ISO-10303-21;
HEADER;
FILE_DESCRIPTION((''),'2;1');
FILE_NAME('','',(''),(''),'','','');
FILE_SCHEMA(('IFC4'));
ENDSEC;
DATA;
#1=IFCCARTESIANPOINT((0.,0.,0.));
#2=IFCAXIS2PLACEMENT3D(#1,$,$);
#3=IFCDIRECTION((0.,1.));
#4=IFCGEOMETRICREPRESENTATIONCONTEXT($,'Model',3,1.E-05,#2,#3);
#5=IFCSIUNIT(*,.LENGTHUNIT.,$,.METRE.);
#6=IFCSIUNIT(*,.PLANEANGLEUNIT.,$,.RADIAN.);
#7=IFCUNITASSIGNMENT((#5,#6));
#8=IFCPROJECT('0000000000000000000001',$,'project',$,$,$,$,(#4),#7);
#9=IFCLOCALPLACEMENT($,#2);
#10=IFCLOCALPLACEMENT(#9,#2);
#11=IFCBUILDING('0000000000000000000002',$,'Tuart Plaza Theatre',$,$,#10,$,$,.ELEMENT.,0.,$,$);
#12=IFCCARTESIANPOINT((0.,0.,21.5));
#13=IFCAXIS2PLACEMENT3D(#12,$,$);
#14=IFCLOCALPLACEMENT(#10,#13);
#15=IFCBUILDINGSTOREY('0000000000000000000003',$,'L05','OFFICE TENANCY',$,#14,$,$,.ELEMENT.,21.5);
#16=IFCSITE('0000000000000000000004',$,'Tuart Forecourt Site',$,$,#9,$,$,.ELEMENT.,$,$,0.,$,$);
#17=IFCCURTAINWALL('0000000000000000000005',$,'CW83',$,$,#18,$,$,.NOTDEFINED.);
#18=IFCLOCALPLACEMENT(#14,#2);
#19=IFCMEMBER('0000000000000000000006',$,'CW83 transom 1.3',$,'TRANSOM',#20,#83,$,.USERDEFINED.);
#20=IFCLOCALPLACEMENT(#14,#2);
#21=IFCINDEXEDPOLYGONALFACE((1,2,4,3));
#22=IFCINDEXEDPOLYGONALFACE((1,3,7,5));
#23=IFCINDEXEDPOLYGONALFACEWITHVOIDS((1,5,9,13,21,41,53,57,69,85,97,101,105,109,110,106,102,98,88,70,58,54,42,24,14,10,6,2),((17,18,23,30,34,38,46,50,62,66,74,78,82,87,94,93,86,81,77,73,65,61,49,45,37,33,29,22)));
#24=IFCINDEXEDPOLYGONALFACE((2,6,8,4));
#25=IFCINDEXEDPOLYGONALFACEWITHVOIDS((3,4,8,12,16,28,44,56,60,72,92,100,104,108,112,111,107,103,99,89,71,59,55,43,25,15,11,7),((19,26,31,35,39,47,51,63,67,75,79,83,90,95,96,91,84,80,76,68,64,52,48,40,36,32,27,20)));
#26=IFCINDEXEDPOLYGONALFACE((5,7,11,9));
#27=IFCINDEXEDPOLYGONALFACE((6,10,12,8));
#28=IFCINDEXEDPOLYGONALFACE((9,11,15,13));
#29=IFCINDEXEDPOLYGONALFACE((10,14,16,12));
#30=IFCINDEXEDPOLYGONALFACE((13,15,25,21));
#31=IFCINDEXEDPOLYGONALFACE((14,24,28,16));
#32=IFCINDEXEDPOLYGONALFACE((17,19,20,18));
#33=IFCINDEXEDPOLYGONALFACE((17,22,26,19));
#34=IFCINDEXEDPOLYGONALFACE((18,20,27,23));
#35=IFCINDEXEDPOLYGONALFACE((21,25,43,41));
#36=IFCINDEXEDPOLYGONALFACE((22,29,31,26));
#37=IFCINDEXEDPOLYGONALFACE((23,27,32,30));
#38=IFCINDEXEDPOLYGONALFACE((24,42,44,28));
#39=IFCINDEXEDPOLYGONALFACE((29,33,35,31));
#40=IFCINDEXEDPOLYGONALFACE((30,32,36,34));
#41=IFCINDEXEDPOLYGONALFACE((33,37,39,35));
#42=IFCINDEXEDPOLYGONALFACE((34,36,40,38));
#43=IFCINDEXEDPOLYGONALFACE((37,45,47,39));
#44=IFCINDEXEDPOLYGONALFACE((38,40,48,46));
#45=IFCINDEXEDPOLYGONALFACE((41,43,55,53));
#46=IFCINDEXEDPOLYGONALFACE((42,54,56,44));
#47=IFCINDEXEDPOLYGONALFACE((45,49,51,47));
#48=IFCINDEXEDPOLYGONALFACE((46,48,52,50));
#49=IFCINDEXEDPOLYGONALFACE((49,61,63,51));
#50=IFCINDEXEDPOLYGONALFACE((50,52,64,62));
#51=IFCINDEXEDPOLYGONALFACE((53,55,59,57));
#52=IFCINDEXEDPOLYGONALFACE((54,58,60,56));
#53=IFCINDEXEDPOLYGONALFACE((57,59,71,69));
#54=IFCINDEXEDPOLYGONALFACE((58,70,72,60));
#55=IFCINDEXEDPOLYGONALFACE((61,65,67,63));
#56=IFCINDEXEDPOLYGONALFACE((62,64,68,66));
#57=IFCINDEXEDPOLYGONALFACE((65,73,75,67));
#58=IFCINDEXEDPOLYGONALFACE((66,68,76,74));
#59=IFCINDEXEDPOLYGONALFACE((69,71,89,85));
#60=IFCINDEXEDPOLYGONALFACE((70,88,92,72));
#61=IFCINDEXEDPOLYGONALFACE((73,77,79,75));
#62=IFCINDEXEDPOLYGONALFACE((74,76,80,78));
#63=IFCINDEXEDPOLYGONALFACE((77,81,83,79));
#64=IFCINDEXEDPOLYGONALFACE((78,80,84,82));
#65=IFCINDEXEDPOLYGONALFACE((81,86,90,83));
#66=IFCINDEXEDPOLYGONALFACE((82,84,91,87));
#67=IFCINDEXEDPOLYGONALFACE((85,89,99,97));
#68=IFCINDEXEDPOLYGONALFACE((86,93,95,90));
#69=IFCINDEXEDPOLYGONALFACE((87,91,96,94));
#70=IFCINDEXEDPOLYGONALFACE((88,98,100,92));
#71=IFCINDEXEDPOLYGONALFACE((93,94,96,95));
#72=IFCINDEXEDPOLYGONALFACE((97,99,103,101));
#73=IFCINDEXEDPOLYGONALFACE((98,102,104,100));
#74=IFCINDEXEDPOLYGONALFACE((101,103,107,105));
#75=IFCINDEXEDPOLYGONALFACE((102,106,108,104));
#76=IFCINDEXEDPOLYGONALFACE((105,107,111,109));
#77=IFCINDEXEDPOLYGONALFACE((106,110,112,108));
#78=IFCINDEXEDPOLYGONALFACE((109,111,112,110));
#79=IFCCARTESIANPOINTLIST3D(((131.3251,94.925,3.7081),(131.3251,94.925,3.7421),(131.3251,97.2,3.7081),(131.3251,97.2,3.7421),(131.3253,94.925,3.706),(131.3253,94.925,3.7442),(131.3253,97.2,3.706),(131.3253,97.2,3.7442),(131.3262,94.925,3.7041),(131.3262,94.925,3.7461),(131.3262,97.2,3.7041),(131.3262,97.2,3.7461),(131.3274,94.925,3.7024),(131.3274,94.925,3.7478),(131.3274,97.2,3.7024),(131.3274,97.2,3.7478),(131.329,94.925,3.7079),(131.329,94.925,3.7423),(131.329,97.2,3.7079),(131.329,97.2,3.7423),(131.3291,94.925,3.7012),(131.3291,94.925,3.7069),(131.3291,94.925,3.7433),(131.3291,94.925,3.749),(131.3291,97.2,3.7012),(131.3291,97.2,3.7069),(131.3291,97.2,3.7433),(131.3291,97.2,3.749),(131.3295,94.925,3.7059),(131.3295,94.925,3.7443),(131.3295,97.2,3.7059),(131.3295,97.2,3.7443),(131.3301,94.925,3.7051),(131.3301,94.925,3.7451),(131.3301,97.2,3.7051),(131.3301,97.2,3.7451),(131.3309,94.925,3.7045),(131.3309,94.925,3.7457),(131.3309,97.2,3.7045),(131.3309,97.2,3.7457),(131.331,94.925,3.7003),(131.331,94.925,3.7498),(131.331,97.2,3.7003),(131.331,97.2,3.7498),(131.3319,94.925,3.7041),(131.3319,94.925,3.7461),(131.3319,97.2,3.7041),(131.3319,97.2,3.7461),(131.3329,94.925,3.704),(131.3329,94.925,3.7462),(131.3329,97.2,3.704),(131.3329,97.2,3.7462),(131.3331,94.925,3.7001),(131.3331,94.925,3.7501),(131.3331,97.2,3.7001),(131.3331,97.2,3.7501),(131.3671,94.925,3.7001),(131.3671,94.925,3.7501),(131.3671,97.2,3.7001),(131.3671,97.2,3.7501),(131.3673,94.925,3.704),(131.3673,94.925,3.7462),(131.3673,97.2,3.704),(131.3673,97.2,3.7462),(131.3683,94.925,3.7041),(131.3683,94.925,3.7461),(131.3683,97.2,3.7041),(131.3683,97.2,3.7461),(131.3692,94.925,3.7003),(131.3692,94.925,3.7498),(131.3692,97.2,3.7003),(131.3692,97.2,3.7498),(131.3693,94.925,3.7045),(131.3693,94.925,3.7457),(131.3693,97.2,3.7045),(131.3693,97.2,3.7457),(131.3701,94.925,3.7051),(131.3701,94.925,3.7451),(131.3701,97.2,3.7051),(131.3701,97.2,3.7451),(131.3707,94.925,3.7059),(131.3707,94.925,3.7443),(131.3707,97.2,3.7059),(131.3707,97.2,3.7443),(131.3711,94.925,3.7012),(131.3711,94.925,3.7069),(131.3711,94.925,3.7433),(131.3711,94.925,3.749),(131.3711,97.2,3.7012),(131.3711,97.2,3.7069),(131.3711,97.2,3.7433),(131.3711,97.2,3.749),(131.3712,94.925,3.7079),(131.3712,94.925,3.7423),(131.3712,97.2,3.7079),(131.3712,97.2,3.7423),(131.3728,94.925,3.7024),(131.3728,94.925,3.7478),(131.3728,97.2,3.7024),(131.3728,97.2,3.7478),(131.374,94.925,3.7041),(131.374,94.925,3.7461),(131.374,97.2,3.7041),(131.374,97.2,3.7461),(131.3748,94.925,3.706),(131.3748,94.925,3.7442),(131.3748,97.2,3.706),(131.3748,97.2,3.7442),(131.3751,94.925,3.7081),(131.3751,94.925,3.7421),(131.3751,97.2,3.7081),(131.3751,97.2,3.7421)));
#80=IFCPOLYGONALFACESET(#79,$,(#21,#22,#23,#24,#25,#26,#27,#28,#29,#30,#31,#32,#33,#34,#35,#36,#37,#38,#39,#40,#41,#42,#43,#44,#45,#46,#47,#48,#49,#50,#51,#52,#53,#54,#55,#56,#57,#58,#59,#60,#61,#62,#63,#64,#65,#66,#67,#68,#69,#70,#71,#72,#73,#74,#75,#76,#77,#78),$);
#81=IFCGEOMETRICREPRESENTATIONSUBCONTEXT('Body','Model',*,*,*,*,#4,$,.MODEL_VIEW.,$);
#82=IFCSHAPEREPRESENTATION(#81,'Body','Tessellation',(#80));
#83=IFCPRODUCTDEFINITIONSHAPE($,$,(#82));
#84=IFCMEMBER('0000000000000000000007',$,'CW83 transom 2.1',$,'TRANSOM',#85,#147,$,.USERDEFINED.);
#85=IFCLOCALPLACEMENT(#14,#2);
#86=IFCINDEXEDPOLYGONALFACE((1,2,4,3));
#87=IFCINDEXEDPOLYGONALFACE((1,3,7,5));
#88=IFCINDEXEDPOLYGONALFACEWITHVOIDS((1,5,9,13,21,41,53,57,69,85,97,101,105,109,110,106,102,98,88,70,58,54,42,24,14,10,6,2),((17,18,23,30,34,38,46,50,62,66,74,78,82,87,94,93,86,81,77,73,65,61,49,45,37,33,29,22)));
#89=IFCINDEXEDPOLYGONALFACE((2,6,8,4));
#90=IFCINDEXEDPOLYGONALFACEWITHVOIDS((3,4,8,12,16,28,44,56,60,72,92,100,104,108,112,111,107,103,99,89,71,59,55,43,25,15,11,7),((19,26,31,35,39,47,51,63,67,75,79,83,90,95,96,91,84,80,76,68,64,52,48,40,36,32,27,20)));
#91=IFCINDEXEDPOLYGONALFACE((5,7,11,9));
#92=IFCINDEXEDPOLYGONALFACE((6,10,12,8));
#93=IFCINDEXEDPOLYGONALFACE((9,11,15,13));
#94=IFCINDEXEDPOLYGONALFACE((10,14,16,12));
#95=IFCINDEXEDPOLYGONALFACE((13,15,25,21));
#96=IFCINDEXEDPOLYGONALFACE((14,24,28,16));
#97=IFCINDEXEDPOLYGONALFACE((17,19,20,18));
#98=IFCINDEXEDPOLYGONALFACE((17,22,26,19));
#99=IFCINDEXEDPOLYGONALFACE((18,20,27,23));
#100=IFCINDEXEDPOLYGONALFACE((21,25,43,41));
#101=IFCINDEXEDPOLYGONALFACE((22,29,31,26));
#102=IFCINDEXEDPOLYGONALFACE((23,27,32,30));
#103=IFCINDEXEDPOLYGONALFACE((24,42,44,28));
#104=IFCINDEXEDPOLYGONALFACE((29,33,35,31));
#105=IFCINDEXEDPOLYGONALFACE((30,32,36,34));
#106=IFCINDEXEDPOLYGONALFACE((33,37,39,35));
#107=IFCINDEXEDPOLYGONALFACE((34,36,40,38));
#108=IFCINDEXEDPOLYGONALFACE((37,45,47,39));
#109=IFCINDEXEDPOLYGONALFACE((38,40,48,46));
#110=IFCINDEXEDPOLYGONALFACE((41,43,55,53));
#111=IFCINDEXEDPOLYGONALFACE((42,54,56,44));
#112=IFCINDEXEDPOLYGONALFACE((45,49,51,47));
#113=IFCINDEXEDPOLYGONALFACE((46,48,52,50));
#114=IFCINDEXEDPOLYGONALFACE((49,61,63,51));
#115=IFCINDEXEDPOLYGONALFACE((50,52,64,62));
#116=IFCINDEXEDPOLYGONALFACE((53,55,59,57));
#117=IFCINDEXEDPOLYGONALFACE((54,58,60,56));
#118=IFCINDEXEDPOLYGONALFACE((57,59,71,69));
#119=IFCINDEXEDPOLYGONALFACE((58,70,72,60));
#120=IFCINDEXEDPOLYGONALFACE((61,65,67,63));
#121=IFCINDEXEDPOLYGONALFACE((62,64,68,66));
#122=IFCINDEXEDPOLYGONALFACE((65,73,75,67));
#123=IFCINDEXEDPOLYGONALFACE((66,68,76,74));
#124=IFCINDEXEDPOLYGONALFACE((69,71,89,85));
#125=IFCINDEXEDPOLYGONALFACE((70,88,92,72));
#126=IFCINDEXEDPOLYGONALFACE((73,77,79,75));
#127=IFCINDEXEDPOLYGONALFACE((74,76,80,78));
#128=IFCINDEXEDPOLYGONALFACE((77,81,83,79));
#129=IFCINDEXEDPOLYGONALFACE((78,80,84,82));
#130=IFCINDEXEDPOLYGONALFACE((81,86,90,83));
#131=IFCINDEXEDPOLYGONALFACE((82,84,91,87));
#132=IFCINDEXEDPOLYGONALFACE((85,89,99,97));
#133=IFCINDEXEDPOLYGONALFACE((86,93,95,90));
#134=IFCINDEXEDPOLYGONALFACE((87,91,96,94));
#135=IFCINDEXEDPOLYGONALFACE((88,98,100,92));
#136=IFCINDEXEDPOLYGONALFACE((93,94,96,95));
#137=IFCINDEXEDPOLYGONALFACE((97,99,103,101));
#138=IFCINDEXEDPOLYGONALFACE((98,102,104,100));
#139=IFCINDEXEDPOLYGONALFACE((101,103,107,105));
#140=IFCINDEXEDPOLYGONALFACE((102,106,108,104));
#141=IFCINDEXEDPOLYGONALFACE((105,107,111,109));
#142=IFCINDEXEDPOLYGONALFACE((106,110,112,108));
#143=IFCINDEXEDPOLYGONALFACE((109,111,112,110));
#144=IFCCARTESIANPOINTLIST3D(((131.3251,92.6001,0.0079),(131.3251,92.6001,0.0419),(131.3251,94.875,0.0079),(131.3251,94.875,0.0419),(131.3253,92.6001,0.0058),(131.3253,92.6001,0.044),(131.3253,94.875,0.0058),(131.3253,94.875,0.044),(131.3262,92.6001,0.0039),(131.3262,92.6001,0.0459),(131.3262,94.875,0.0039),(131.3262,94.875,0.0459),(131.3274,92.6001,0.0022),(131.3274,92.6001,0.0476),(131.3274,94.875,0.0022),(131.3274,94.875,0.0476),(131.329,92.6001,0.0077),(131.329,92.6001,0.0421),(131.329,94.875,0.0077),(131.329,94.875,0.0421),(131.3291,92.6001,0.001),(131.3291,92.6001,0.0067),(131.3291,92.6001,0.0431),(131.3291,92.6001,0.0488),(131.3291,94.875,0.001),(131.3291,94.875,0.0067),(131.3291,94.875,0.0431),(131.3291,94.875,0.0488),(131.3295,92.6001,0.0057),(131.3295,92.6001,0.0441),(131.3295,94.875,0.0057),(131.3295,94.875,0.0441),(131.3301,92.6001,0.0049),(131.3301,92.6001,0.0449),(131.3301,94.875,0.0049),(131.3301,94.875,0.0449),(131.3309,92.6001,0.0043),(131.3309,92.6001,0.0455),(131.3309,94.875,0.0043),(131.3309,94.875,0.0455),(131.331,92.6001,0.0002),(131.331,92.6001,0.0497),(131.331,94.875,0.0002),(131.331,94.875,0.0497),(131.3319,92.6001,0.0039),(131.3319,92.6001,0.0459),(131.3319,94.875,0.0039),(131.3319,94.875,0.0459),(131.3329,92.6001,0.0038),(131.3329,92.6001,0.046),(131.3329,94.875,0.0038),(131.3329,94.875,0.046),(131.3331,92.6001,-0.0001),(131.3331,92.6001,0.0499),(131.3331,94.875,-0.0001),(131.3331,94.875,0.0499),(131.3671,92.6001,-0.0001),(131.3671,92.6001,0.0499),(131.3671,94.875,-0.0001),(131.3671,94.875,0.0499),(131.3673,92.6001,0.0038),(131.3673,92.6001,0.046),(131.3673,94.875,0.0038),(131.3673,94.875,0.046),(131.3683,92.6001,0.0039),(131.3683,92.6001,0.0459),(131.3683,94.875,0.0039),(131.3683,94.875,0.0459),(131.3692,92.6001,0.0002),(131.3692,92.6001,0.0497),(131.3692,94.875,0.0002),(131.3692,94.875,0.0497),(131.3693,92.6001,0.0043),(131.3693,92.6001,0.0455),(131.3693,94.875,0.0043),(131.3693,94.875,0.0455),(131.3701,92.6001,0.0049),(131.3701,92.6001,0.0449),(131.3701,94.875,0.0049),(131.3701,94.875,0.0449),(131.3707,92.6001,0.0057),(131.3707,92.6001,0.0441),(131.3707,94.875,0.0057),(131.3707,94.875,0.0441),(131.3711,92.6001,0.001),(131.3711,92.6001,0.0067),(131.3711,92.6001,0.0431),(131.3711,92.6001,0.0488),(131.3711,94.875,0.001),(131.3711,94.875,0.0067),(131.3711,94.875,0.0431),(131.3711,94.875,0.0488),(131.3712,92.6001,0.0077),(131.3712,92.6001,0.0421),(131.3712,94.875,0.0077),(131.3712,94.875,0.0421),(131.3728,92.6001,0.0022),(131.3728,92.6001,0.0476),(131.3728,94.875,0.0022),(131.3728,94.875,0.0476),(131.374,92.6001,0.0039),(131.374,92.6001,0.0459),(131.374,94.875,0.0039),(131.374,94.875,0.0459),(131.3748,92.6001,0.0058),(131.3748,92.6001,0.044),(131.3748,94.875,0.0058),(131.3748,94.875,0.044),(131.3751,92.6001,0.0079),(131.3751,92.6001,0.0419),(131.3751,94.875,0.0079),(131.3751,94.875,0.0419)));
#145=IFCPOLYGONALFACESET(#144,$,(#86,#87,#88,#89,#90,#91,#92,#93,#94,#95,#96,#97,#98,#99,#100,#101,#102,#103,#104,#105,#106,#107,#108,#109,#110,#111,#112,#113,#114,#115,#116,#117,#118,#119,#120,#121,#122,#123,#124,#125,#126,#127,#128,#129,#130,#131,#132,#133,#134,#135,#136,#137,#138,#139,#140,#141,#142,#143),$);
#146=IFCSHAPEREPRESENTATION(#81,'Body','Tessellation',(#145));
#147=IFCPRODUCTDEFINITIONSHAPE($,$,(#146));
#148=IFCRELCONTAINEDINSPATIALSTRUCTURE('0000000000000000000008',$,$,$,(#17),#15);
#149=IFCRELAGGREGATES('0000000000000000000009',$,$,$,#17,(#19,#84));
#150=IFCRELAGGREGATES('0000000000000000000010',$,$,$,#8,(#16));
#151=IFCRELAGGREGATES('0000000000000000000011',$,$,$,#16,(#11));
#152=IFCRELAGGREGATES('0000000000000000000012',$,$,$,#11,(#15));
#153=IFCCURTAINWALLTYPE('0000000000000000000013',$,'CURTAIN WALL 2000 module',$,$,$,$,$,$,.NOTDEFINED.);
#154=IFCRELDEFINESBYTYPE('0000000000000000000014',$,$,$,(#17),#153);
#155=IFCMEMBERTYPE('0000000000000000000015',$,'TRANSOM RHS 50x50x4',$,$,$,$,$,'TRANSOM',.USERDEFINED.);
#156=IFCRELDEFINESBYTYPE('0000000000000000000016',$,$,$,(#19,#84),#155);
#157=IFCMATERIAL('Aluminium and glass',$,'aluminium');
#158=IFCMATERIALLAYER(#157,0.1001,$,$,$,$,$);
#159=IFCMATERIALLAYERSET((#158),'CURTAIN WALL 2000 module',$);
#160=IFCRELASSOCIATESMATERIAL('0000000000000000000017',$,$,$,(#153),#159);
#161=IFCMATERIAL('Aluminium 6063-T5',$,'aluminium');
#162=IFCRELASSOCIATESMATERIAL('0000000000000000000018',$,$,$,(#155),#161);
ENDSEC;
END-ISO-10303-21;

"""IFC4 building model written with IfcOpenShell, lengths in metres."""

from ifc_helpers import new_model, si_unit, direction, frame, origin, origin_2d, place, context, subcontext, project, spatial, hollow_rectangle, extrude, material, layer, layer_set, material_profile, profile_set, type_object, element, aggregate, save


model = new_model("IFC4")

# Units and contexts
model_context = context("Model", 3, precision=1e-05, world=origin(), true_north=direction((0.0, 1.0)))
body_context = subcontext(model_context, "Body", "Model", "MODEL_VIEW")
ifc_project = project(units=[si_unit("LENGTHUNIT", "METRE"), si_unit("PLANEANGLEUNIT", "RADIAN")], contexts=[model_context])

# Site, building, storey
site_placement = place(None, origin())
site = spatial("IfcSite", under=ifc_project, at=site_placement, Name="Tuart Forecourt Site", CompositionType="ELEMENT", RefElevation=0.0)
building_placement = place(site_placement, origin())
building = spatial("IfcBuilding", under=site, at=building_placement, Name="Tuart Plaza Theatre", CompositionType="ELEMENT", ElevationOfRefHeight=0.0)
storey_placement = place(building_placement, frame((0.0, 0.0, 21.5)))
storey = spatial("IfcBuildingStorey", under=building, at=storey_placement, Name="L05", Description="OFFICE TENANCY", CompositionType="ELEMENT", Elevation=21.5)

# Curtain wall
ifc_material_1 = material(Name="Aluminium and glass", Category="aluminium")
ifc_layer_1 = layer(ifc_material_1, 0.1001)
ifc_layer_set_1 = layer_set([ifc_layer_1], Name="CURTAIN WALL 2000 module")
curtain_wall_type = type_object("IfcCurtainWallType", Name="CURTAIN WALL 2000 module", PredefinedType="NOTDEFINED", material=ifc_layer_set_1)
curtain_wall_1_placement = place(storey_placement, origin())
curtain_wall_1 = element("IfcCurtainWall", 1, at=curtain_wall_1_placement, inside=storey, type_object=curtain_wall_type, Name="CW83", PredefinedType="NOTDEFINED")

# Members
ifc_material_2 = material(Name="Aluminium 6063-T5", Category="aluminium")
ifc_material_profile_1 = material_profile(ifc_material_2, hollow_rectangle(XDim=0.05, YDim=0.05, WallThickness=0.0039, InnerFilletRadius=0.0039, OuterFilletRadius=0.0081, at=origin_2d()), Name="RHS 50x50x4")
ifc_profile_set_1 = profile_set([ifc_material_profile_1], Name="Aluminium 6063-T5")
member_type_1 = type_object("IfcMemberType", Name="TRANSOM RHS 50x50x4", ElementType="TRANSOM", PredefinedType="USERDEFINED", material=ifc_profile_set_1)
member_1_placement = place(storey_placement, frame((131.3501, 97.2, 3.7251), z_axis=(0.0, -1.0, 0.0), x_axis=(1.0, 0.0, 0.0)))
member_1 = element("IfcMember", 2, at=member_1_placement, type_object=member_type_1, Name="CW83 transom 1.3", ObjectType="TRANSOM", PredefinedType="USERDEFINED", context=body_context, shape_type="SweptSolid", body=[
    extrude(hollow_rectangle(XDim=0.05, YDim=0.05, WallThickness=0.0039, InnerFilletRadius=0.0039, OuterFilletRadius=0.0081, at=origin_2d()), origin(), (0.0, 0.0, 1.0), 2.2749),
])
member_2_placement = place(storey_placement, frame((131.3501, 94.875, 0.0249), z_axis=(0.0, -1.0, 0.0), x_axis=(1.0, 0.0, 0.0)))
member_2 = element("IfcMember", 3, at=member_2_placement, type_object=member_type_1, Name="CW83 transom 2.1", ObjectType="TRANSOM", PredefinedType="USERDEFINED", context=body_context, shape_type="SweptSolid", body=[
    extrude(hollow_rectangle(XDim=0.05, YDim=0.05, WallThickness=0.0039, InnerFilletRadius=0.0039, OuterFilletRadius=0.0081, at=origin_2d()), origin(), (0.0, 0.0, 1.0), 2.2749),
])

aggregate(curtain_wall_1, [member_1, member_2])

save(model, "model.ifc")
